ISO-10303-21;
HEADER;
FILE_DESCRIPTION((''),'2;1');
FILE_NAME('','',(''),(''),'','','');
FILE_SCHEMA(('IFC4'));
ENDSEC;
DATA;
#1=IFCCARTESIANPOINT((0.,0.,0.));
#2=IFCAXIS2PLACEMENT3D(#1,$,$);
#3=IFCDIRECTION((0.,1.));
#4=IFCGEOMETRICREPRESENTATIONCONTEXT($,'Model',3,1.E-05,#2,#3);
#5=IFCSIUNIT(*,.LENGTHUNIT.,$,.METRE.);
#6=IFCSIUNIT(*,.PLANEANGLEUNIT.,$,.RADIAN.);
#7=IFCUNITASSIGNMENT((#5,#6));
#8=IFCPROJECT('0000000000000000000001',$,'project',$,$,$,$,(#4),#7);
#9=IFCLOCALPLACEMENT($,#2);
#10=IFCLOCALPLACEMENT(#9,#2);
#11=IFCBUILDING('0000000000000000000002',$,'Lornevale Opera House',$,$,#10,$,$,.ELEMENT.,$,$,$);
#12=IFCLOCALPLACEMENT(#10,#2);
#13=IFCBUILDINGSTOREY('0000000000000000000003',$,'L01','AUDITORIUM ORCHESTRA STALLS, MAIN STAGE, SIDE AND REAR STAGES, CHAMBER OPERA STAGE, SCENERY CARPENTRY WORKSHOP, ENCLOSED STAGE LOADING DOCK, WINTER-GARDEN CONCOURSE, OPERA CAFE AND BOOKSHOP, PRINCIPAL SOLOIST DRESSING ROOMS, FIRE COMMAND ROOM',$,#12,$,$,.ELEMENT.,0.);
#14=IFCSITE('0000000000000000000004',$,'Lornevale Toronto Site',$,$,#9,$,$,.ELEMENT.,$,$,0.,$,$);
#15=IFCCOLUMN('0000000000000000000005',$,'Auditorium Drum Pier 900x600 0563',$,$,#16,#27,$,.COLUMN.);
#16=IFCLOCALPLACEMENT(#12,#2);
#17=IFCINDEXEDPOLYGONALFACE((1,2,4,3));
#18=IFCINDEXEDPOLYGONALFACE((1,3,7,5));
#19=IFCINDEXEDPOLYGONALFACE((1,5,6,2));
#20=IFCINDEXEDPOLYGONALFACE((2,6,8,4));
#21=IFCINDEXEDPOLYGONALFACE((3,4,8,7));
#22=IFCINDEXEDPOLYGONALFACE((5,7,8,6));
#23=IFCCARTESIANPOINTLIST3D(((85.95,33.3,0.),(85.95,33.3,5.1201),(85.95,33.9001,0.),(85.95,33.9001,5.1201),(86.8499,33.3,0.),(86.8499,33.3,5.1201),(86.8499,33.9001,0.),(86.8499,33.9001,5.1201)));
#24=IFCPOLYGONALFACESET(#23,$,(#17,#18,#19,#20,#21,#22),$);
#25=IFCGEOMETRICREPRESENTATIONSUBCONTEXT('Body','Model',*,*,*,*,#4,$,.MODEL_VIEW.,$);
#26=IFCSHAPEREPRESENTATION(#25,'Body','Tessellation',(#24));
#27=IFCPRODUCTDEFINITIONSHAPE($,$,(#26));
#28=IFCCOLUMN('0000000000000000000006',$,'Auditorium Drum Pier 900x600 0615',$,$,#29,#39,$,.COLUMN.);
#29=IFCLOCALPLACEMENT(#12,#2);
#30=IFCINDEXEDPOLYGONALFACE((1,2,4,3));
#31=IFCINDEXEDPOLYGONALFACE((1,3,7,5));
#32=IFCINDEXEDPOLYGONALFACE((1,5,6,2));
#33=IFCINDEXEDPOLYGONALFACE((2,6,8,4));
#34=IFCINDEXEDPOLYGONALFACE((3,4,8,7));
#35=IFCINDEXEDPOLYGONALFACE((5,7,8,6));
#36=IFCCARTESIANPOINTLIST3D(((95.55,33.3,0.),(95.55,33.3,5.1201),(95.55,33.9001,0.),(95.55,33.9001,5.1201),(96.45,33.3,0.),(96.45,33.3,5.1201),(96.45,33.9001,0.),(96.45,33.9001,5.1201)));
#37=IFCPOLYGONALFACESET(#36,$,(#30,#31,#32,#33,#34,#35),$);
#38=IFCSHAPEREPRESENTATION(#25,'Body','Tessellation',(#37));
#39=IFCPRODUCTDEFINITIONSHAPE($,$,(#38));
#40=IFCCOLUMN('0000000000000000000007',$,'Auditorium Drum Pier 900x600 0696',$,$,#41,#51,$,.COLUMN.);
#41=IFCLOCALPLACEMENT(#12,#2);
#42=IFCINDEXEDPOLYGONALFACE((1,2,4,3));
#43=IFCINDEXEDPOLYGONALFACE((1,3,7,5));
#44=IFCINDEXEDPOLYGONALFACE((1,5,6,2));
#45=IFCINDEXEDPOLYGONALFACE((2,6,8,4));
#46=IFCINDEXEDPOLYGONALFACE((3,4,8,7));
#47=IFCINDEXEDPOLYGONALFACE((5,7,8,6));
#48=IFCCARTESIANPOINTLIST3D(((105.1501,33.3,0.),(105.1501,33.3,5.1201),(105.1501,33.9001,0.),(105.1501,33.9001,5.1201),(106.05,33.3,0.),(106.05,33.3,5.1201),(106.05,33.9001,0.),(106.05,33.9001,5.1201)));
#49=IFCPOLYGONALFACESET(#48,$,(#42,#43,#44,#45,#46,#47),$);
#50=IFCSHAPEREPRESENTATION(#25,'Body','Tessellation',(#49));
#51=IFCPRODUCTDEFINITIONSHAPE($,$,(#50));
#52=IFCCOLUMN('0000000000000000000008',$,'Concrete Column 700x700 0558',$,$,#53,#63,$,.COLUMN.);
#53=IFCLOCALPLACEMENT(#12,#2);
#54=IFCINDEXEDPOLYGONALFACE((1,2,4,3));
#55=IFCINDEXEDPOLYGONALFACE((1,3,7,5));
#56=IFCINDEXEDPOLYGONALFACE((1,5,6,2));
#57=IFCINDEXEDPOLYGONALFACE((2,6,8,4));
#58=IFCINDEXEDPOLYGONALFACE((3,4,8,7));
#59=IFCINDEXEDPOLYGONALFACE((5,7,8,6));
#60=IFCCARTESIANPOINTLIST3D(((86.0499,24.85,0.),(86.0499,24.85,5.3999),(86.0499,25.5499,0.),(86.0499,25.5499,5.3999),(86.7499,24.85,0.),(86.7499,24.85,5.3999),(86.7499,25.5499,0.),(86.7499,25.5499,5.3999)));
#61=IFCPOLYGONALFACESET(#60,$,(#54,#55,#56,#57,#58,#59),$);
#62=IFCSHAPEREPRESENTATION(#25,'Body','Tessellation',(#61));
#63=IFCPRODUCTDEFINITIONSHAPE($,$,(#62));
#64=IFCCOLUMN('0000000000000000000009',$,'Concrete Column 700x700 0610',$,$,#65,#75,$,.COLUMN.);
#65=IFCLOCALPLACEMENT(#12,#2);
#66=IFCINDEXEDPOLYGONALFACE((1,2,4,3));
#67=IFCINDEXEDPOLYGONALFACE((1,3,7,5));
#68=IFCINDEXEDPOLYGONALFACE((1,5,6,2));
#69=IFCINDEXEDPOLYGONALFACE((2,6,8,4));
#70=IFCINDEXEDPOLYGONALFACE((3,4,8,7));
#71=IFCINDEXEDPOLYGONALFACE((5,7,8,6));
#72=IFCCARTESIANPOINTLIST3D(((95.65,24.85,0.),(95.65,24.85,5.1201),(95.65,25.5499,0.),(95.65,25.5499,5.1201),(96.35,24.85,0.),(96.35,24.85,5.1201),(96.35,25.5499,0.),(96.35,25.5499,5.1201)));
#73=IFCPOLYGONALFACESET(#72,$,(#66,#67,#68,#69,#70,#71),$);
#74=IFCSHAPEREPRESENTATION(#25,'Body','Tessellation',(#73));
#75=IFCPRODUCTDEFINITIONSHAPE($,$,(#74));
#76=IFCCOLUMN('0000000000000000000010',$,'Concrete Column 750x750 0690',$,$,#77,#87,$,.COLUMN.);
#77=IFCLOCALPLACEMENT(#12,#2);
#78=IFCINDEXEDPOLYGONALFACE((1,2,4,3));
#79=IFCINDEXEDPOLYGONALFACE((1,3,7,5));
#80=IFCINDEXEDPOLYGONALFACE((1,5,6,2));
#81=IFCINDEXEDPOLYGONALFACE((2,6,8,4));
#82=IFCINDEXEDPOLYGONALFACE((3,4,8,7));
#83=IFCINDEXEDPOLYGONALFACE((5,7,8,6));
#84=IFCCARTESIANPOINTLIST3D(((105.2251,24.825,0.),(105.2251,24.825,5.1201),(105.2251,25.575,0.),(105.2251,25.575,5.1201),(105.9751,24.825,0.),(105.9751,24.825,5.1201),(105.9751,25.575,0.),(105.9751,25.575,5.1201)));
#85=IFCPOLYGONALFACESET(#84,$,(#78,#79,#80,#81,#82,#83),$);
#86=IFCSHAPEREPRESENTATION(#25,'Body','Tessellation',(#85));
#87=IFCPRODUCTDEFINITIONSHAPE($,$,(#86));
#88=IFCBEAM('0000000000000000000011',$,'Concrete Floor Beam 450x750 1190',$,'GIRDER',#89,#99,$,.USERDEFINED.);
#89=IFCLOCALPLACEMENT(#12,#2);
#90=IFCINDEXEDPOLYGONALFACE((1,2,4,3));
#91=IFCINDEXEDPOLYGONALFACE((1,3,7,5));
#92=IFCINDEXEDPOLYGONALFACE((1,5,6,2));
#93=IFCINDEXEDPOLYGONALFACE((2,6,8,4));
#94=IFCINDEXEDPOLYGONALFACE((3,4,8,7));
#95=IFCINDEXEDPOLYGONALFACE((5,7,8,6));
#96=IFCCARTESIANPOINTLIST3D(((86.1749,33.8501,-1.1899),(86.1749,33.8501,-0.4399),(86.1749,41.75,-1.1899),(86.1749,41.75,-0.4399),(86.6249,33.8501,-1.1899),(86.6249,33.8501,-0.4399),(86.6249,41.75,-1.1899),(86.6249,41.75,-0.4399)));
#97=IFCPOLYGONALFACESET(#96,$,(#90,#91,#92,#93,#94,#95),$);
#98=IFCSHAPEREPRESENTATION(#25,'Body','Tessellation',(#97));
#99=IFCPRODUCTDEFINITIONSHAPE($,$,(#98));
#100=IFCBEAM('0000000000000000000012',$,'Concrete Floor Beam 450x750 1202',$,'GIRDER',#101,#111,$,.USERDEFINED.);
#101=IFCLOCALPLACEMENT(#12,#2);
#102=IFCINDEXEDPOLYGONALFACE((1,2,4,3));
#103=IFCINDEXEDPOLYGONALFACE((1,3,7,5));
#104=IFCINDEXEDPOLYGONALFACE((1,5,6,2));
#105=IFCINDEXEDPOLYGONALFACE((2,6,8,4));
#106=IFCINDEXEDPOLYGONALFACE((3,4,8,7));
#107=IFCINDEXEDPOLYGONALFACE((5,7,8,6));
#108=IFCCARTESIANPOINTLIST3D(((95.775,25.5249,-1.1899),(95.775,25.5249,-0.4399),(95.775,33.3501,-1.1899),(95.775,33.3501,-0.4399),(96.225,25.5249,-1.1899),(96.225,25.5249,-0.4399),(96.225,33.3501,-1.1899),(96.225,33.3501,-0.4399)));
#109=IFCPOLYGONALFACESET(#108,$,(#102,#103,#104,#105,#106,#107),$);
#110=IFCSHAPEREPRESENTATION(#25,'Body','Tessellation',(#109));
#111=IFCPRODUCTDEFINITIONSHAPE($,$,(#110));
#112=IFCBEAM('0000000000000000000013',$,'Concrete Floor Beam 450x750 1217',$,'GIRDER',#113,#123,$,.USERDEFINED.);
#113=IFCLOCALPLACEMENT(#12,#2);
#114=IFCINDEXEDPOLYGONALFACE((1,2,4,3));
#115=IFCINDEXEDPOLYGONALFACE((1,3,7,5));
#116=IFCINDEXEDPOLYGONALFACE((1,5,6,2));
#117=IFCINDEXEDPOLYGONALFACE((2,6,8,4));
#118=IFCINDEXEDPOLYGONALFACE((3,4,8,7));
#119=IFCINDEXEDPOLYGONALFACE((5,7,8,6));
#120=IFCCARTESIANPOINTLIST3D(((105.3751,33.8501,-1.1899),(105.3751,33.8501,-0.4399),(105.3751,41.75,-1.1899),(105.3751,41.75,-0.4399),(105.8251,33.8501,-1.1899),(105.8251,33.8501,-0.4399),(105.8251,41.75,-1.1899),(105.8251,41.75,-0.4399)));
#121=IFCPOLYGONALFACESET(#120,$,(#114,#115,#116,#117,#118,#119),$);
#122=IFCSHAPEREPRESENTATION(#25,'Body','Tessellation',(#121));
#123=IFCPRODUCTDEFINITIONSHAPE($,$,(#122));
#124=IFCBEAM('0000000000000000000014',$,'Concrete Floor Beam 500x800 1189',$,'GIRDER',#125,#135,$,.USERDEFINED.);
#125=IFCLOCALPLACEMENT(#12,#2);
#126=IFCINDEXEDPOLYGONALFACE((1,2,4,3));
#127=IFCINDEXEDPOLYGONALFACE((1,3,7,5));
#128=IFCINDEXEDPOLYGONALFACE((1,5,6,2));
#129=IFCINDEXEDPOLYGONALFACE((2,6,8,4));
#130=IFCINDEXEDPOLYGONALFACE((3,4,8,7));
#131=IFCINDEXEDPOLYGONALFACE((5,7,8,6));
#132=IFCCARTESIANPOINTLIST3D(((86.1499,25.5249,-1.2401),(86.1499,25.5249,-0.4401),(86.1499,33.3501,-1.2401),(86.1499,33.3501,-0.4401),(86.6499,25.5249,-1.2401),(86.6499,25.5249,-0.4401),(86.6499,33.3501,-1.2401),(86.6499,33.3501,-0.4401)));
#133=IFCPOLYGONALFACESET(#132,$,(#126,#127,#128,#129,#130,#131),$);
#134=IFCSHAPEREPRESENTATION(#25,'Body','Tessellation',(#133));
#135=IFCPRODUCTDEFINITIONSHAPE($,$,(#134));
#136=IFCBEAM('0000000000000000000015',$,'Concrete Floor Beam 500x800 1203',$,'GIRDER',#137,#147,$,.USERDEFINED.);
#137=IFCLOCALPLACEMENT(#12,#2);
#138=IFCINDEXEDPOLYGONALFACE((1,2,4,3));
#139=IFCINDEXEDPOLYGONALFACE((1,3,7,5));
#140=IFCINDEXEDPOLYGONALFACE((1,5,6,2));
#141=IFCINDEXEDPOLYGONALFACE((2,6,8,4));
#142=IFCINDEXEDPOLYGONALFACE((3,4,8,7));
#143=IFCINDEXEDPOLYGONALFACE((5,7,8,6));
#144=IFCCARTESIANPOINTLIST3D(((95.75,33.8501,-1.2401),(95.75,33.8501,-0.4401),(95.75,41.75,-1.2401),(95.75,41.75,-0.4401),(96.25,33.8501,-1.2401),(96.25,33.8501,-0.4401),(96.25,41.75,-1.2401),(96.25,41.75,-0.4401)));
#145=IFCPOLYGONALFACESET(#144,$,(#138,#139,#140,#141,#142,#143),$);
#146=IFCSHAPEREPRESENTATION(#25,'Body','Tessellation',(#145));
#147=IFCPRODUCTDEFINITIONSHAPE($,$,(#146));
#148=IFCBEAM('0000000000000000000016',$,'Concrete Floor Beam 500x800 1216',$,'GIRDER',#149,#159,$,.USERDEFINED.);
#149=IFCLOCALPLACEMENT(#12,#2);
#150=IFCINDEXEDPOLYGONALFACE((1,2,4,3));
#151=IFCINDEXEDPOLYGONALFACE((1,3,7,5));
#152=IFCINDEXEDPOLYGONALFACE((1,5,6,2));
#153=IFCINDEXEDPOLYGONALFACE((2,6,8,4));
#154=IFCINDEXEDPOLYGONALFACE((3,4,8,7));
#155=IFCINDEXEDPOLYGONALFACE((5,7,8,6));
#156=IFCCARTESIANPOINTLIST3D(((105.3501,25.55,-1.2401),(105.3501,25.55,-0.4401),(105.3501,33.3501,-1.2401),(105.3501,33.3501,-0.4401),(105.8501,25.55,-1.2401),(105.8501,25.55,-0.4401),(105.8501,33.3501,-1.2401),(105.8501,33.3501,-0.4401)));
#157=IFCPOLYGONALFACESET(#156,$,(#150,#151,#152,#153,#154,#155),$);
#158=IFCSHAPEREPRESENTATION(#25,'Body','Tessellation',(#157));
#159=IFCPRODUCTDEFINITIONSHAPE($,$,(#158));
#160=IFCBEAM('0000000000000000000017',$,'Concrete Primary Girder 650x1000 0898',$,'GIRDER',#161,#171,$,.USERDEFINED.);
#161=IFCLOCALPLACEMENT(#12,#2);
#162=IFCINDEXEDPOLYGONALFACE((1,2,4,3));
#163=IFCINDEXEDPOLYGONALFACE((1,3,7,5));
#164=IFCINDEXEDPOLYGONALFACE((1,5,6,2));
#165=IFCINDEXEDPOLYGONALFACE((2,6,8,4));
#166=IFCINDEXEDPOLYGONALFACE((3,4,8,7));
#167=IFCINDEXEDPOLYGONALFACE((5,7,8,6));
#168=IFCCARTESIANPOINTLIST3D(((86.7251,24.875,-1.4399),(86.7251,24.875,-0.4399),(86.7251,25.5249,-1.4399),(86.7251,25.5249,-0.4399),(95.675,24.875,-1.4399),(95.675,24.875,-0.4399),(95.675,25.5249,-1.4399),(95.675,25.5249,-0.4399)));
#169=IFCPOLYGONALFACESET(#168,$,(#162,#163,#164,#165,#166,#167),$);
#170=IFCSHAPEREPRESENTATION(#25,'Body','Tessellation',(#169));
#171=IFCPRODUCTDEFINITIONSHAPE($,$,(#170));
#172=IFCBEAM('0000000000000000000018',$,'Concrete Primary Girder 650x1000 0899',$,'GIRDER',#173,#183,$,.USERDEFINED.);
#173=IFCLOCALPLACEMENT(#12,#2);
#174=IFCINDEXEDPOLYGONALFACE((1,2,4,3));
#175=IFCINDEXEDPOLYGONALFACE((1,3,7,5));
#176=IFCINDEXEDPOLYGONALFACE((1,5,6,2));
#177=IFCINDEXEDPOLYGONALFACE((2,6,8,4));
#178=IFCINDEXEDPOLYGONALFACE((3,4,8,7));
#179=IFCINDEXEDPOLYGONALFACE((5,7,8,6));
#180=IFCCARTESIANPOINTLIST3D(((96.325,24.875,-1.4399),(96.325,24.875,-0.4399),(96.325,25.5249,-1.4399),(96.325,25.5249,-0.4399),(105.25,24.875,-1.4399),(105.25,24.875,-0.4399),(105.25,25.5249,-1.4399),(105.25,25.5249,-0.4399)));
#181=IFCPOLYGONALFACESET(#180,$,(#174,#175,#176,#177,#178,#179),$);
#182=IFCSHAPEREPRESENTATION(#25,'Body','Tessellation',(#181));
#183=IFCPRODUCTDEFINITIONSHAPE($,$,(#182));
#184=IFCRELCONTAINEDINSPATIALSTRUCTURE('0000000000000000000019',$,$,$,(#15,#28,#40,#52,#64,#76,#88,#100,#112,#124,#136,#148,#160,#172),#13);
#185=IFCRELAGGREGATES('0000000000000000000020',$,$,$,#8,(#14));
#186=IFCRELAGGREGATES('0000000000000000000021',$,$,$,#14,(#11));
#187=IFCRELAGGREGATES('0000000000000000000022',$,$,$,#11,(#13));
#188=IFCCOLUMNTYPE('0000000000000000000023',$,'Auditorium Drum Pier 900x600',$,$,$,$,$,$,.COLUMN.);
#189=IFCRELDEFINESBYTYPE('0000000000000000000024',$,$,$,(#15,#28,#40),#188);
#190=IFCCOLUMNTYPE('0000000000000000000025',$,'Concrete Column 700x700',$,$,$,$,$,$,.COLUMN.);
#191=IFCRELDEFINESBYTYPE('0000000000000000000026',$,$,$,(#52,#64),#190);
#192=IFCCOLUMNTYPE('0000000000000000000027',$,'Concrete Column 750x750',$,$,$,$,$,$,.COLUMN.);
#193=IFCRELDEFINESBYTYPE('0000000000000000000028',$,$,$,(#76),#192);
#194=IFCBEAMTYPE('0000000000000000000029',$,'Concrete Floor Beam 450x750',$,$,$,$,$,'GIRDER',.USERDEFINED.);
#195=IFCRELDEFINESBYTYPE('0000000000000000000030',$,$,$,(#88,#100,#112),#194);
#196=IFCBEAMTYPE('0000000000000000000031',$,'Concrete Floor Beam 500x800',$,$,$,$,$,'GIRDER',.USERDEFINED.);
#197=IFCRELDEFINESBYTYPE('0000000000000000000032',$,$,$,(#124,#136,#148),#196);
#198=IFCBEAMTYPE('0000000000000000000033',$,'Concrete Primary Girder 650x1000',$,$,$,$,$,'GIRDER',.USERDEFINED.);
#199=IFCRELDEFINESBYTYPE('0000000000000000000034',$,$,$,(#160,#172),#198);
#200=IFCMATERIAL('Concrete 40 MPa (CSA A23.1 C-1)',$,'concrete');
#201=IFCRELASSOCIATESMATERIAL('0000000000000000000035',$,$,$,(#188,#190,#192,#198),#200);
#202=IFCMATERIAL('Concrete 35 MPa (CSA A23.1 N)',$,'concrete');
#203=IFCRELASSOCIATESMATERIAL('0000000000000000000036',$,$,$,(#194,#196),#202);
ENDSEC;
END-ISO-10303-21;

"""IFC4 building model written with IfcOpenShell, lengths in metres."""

from ifc_helpers import new_model, si_unit, direction, frame, origin, origin_2d, place, context, subcontext, project, spatial, rectangle, extrude, material, material_profile, profile_set, type_object, element, save


model = new_model("IFC4")

# Units and contexts
model_context = context("Model", 3, precision=1e-05, world=origin(), true_north=direction((0.0, 1.0)))
body_context = subcontext(model_context, "Body", "Model", "MODEL_VIEW")
ifc_project = project(units=[si_unit("LENGTHUNIT", "METRE"), si_unit("PLANEANGLEUNIT", "RADIAN")], contexts=[model_context])

# Site, building, storey
site_placement = place(None, origin())
site = spatial("IfcSite", under=ifc_project, at=site_placement, Name="Lornevale Toronto Site", CompositionType="ELEMENT", RefElevation=0.0)
building_placement = place(site_placement, origin())
building = spatial("IfcBuilding", under=site, at=building_placement, Name="Lornevale Opera House", CompositionType="ELEMENT")
storey_placement = place(building_placement, origin())
storey = spatial("IfcBuildingStorey", under=building, at=storey_placement, Name="L01", Description="AUDITORIUM ORCHESTRA STALLS, MAIN STAGE, SIDE AND REAR STAGES, CHAMBER OPERA STAGE, SCENERY CARPENTRY WORKSHOP, ENCLOSED STAGE LOADING DOCK, WINTER-GARDEN CONCOURSE, OPERA CAFE AND BOOKSHOP, PRINCIPAL SOLOIST DRESSING ROOMS, FIRE COMMAND ROOM", CompositionType="ELEMENT", Elevation=0.0)

# Columns
ifc_material_1 = material(Name="Concrete 40 MPa (CSA A23.1 C-1)", Category="concrete")
ifc_material_profile_1 = material_profile(ifc_material_1, rectangle(XDim=0.8999, YDim=0.6001, at=origin_2d()), Name="RC900x600")
ifc_profile_set_1 = profile_set([ifc_material_profile_1], Name="Concrete 40 MPa (CSA A23.1 C-1)")
column_type_1 = type_object("IfcColumnType", Name="Auditorium Drum Pier 900x600", PredefinedType="COLUMN", material=ifc_profile_set_1)
for number, where, z_axis, x_axis, name in (
    (1, (86.3999, 33.6001, 0.0), (0.0, 0.0, 1.0), (1.0, 0.0, 0.0), "Auditorium Drum Pier 900x600 0563"),
    (2, (96.0, 33.6001, 0.0), (0.0, 0.0, 1.0), (1.0, 0.0, 0.0), "Auditorium Drum Pier 900x600 0615"),
    (3, (105.6001, 33.6001, 0.0), (0.0, 0.0, 1.0), (1.0, 0.0, 0.0), "Auditorium Drum Pier 900x600 0696"),
):
    element("IfcColumn", number, at=place(storey_placement, frame(where, z_axis=z_axis, x_axis=x_axis)), inside=storey, type_object=column_type_1, Name=name, PredefinedType="COLUMN", context=body_context, shape_type="SweptSolid", body=[
        extrude(rectangle(XDim=0.8999, YDim=0.6001, at=origin_2d()), origin(), (0.0, 0.0, 1.0), 5.1201),
    ])
ifc_material_profile_2 = material_profile(ifc_material_1, rectangle(XDim=0.7, YDim=0.7, at=origin_2d()), Name="RC700x700")
ifc_profile_set_2 = profile_set([ifc_material_profile_2], Name="Concrete 40 MPa (CSA A23.1 C-1)")
column_type_2 = type_object("IfcColumnType", Name="Concrete Column 700x700", PredefinedType="COLUMN", material=ifc_profile_set_2)
column_1_placement = place(storey_placement, frame((86.3999, 25.2, 0.0), z_axis=(0.0, 0.0, 1.0), x_axis=(1.0, 0.0, 0.0)))
element("IfcColumn", 4, at=column_1_placement, inside=storey, type_object=column_type_2, Name="Concrete Column 700x700 0558", PredefinedType="COLUMN", context=body_context, shape_type="SweptSolid", body=[
    extrude(rectangle(XDim=0.7, YDim=0.7, at=origin_2d()), origin(), (0.0, 0.0, 1.0), 5.3999),
])
column_2_placement = place(storey_placement, frame((96.0, 25.2, 0.0), z_axis=(0.0, 0.0, 1.0), x_axis=(1.0, 0.0, 0.0)))
element("IfcColumn", 5, at=column_2_placement, inside=storey, type_object=column_type_2, Name="Concrete Column 700x700 0610", PredefinedType="COLUMN", context=body_context, shape_type="SweptSolid", body=[
    extrude(rectangle(XDim=0.7, YDim=0.7, at=origin_2d()), origin(), (0.0, 0.0, 1.0), 5.1201),
])
ifc_material_profile_3 = material_profile(ifc_material_1, rectangle(XDim=0.75, YDim=0.75, at=origin_2d()), Name="RC750x750")
ifc_profile_set_3 = profile_set([ifc_material_profile_3], Name="Concrete 40 MPa (CSA A23.1 C-1)")
column_type_3 = type_object("IfcColumnType", Name="Concrete Column 750x750", PredefinedType="COLUMN", material=ifc_profile_set_3)
column_3_placement = place(storey_placement, frame((105.6001, 25.2, 0.0), z_axis=(0.0, 0.0, 1.0), x_axis=(1.0, 0.0, 0.0)))
element("IfcColumn", 6, at=column_3_placement, inside=storey, type_object=column_type_3, Name="Concrete Column 750x750 0690", PredefinedType="COLUMN", context=body_context, shape_type="SweptSolid", body=[
    extrude(rectangle(XDim=0.75, YDim=0.75, at=origin_2d()), origin(), (0.0, 0.0, 1.0), 5.1201),
])

# Beams
ifc_material_2 = material(Name="Concrete 35 MPa (CSA A23.1 N)", Category="concrete")
ifc_material_profile_4 = material_profile(ifc_material_2, rectangle(XDim=0.45, YDim=0.75, at=origin_2d()), Name="RC450x750")
ifc_profile_set_4 = profile_set([ifc_material_profile_4], Name="Concrete 35 MPa (CSA A23.1 N)")
beam_type_1 = type_object("IfcBeamType", Name="Concrete Floor Beam 450x750", ElementType="GIRDER", PredefinedType="USERDEFINED", material=ifc_profile_set_4)
beam_1_placement = place(storey_placement, frame((86.3999, 33.8501, -0.8149), z_axis=(0.0, 1.0, 0.0), x_axis=(-1.0, 0.0, 0.0)))
element("IfcBeam", 7, at=beam_1_placement, inside=storey, type_object=beam_type_1, Name="Concrete Floor Beam 450x750 1190", ObjectType="GIRDER", PredefinedType="USERDEFINED", context=body_context, shape_type="SweptSolid", body=[
    extrude(rectangle(XDim=0.45, YDim=0.75, at=origin_2d()), origin(), (0.0, 0.0, 1.0), 7.8999),
])
beam_2_placement = place(storey_placement, frame((96.0, 25.5249, -0.8149), z_axis=(0.0, 1.0, 0.0), x_axis=(-1.0, 0.0, 0.0)))
element("IfcBeam", 8, at=beam_2_placement, inside=storey, type_object=beam_type_1, Name="Concrete Floor Beam 450x750 1202", ObjectType="GIRDER", PredefinedType="USERDEFINED", context=body_context, shape_type="SweptSolid", body=[
    extrude(rectangle(XDim=0.45, YDim=0.75, at=origin_2d()), origin(), (0.0, 0.0, 1.0), 7.8252),
])
beam_3_placement = place(storey_placement, frame((105.6001, 33.8501, -0.8149), z_axis=(0.0, 1.0, 0.0), x_axis=(-1.0, 0.0, 0.0)))
element("IfcBeam", 9, at=beam_3_placement, inside=storey, type_object=beam_type_1, Name="Concrete Floor Beam 450x750 1217", ObjectType="GIRDER", PredefinedType="USERDEFINED", context=body_context, shape_type="SweptSolid", body=[
    extrude(rectangle(XDim=0.45, YDim=0.75, at=origin_2d()), origin(), (0.0, 0.0, 1.0), 7.8999),
])
ifc_material_profile_5 = material_profile(ifc_material_2, rectangle(XDim=0.5, YDim=0.8, at=origin_2d()), Name="RC500x800")
ifc_profile_set_5 = profile_set([ifc_material_profile_5], Name="Concrete 35 MPa (CSA A23.1 N)")
beam_type_2 = type_object("IfcBeamType", Name="Concrete Floor Beam 500x800", ElementType="GIRDER", PredefinedType="USERDEFINED", material=ifc_profile_set_5)
beam_4_placement = place(storey_placement, frame((86.3999, 25.5249, -0.8401), z_axis=(0.0, 1.0, 0.0), x_axis=(-1.0, 0.0, 0.0)))
element("IfcBeam", 10, at=beam_4_placement, inside=storey, type_object=beam_type_2, Name="Concrete Floor Beam 500x800 1189", ObjectType="GIRDER", PredefinedType="USERDEFINED", context=body_context, shape_type="SweptSolid", body=[
    extrude(rectangle(XDim=0.5, YDim=0.8, at=origin_2d()), origin(), (0.0, 0.0, 1.0), 7.8252),
])
beam_5_placement = place(storey_placement, frame((96.0, 33.8501, -0.8401), z_axis=(0.0, 1.0, 0.0), x_axis=(-1.0, 0.0, 0.0)))
element("IfcBeam", 11, at=beam_5_placement, inside=storey, type_object=beam_type_2, Name="Concrete Floor Beam 500x800 1203", ObjectType="GIRDER", PredefinedType="USERDEFINED", context=body_context, shape_type="SweptSolid", body=[
    extrude(rectangle(XDim=0.5, YDim=0.8, at=origin_2d()), origin(), (0.0, 0.0, 1.0), 7.8999),
])
beam_6_placement = place(storey_placement, frame((105.6001, 25.55, -0.8401), z_axis=(0.0, 1.0, 0.0), x_axis=(-1.0, 0.0, 0.0)))
element("IfcBeam", 12, at=beam_6_placement, inside=storey, type_object=beam_type_2, Name="Concrete Floor Beam 500x800 1216", ObjectType="GIRDER", PredefinedType="USERDEFINED", context=body_context, shape_type="SweptSolid", body=[
    extrude(rectangle(XDim=0.5, YDim=0.8, at=origin_2d()), origin(), (0.0, 0.0, 1.0), 7.8),
])
ifc_material_profile_6 = material_profile(ifc_material_1, rectangle(XDim=0.6499, YDim=1.0, at=origin_2d()), Name="RC650x1000")
ifc_profile_set_6 = profile_set([ifc_material_profile_6], Name="Concrete 40 MPa (CSA A23.1 C-1)")
beam_type_3 = type_object("IfcBeamType", Name="Concrete Primary Girder 650x1000", ElementType="GIRDER", PredefinedType="USERDEFINED", material=ifc_profile_set_6)
beam_7_placement = place(storey_placement, frame((86.7251, 25.2, -0.9399), z_axis=(1.0, 0.0, 0.0), x_axis=(0.0, 1.0, 0.0)))
element("IfcBeam", 13, at=beam_7_placement, inside=storey, type_object=beam_type_3, Name="Concrete Primary Girder 650x1000 0898", ObjectType="GIRDER", PredefinedType="USERDEFINED", context=body_context, shape_type="SweptSolid", body=[
    extrude(rectangle(XDim=0.6499, YDim=1.0, at=origin_2d()), origin(), (0.0, 0.0, 1.0), 8.95),
])
beam_8_placement = place(storey_placement, frame((96.325, 25.2, -0.9399), z_axis=(1.0, 0.0, 0.0), x_axis=(0.0, 1.0, 0.0)))
element("IfcBeam", 14, at=beam_8_placement, inside=storey, type_object=beam_type_3, Name="Concrete Primary Girder 650x1000 0899", ObjectType="GIRDER", PredefinedType="USERDEFINED", context=body_context, shape_type="SweptSolid", body=[
    extrude(rectangle(XDim=0.6499, YDim=1.0, at=origin_2d()), origin(), (0.0, 0.0, 1.0), 8.925),
])

save(model, "model.ifc")
